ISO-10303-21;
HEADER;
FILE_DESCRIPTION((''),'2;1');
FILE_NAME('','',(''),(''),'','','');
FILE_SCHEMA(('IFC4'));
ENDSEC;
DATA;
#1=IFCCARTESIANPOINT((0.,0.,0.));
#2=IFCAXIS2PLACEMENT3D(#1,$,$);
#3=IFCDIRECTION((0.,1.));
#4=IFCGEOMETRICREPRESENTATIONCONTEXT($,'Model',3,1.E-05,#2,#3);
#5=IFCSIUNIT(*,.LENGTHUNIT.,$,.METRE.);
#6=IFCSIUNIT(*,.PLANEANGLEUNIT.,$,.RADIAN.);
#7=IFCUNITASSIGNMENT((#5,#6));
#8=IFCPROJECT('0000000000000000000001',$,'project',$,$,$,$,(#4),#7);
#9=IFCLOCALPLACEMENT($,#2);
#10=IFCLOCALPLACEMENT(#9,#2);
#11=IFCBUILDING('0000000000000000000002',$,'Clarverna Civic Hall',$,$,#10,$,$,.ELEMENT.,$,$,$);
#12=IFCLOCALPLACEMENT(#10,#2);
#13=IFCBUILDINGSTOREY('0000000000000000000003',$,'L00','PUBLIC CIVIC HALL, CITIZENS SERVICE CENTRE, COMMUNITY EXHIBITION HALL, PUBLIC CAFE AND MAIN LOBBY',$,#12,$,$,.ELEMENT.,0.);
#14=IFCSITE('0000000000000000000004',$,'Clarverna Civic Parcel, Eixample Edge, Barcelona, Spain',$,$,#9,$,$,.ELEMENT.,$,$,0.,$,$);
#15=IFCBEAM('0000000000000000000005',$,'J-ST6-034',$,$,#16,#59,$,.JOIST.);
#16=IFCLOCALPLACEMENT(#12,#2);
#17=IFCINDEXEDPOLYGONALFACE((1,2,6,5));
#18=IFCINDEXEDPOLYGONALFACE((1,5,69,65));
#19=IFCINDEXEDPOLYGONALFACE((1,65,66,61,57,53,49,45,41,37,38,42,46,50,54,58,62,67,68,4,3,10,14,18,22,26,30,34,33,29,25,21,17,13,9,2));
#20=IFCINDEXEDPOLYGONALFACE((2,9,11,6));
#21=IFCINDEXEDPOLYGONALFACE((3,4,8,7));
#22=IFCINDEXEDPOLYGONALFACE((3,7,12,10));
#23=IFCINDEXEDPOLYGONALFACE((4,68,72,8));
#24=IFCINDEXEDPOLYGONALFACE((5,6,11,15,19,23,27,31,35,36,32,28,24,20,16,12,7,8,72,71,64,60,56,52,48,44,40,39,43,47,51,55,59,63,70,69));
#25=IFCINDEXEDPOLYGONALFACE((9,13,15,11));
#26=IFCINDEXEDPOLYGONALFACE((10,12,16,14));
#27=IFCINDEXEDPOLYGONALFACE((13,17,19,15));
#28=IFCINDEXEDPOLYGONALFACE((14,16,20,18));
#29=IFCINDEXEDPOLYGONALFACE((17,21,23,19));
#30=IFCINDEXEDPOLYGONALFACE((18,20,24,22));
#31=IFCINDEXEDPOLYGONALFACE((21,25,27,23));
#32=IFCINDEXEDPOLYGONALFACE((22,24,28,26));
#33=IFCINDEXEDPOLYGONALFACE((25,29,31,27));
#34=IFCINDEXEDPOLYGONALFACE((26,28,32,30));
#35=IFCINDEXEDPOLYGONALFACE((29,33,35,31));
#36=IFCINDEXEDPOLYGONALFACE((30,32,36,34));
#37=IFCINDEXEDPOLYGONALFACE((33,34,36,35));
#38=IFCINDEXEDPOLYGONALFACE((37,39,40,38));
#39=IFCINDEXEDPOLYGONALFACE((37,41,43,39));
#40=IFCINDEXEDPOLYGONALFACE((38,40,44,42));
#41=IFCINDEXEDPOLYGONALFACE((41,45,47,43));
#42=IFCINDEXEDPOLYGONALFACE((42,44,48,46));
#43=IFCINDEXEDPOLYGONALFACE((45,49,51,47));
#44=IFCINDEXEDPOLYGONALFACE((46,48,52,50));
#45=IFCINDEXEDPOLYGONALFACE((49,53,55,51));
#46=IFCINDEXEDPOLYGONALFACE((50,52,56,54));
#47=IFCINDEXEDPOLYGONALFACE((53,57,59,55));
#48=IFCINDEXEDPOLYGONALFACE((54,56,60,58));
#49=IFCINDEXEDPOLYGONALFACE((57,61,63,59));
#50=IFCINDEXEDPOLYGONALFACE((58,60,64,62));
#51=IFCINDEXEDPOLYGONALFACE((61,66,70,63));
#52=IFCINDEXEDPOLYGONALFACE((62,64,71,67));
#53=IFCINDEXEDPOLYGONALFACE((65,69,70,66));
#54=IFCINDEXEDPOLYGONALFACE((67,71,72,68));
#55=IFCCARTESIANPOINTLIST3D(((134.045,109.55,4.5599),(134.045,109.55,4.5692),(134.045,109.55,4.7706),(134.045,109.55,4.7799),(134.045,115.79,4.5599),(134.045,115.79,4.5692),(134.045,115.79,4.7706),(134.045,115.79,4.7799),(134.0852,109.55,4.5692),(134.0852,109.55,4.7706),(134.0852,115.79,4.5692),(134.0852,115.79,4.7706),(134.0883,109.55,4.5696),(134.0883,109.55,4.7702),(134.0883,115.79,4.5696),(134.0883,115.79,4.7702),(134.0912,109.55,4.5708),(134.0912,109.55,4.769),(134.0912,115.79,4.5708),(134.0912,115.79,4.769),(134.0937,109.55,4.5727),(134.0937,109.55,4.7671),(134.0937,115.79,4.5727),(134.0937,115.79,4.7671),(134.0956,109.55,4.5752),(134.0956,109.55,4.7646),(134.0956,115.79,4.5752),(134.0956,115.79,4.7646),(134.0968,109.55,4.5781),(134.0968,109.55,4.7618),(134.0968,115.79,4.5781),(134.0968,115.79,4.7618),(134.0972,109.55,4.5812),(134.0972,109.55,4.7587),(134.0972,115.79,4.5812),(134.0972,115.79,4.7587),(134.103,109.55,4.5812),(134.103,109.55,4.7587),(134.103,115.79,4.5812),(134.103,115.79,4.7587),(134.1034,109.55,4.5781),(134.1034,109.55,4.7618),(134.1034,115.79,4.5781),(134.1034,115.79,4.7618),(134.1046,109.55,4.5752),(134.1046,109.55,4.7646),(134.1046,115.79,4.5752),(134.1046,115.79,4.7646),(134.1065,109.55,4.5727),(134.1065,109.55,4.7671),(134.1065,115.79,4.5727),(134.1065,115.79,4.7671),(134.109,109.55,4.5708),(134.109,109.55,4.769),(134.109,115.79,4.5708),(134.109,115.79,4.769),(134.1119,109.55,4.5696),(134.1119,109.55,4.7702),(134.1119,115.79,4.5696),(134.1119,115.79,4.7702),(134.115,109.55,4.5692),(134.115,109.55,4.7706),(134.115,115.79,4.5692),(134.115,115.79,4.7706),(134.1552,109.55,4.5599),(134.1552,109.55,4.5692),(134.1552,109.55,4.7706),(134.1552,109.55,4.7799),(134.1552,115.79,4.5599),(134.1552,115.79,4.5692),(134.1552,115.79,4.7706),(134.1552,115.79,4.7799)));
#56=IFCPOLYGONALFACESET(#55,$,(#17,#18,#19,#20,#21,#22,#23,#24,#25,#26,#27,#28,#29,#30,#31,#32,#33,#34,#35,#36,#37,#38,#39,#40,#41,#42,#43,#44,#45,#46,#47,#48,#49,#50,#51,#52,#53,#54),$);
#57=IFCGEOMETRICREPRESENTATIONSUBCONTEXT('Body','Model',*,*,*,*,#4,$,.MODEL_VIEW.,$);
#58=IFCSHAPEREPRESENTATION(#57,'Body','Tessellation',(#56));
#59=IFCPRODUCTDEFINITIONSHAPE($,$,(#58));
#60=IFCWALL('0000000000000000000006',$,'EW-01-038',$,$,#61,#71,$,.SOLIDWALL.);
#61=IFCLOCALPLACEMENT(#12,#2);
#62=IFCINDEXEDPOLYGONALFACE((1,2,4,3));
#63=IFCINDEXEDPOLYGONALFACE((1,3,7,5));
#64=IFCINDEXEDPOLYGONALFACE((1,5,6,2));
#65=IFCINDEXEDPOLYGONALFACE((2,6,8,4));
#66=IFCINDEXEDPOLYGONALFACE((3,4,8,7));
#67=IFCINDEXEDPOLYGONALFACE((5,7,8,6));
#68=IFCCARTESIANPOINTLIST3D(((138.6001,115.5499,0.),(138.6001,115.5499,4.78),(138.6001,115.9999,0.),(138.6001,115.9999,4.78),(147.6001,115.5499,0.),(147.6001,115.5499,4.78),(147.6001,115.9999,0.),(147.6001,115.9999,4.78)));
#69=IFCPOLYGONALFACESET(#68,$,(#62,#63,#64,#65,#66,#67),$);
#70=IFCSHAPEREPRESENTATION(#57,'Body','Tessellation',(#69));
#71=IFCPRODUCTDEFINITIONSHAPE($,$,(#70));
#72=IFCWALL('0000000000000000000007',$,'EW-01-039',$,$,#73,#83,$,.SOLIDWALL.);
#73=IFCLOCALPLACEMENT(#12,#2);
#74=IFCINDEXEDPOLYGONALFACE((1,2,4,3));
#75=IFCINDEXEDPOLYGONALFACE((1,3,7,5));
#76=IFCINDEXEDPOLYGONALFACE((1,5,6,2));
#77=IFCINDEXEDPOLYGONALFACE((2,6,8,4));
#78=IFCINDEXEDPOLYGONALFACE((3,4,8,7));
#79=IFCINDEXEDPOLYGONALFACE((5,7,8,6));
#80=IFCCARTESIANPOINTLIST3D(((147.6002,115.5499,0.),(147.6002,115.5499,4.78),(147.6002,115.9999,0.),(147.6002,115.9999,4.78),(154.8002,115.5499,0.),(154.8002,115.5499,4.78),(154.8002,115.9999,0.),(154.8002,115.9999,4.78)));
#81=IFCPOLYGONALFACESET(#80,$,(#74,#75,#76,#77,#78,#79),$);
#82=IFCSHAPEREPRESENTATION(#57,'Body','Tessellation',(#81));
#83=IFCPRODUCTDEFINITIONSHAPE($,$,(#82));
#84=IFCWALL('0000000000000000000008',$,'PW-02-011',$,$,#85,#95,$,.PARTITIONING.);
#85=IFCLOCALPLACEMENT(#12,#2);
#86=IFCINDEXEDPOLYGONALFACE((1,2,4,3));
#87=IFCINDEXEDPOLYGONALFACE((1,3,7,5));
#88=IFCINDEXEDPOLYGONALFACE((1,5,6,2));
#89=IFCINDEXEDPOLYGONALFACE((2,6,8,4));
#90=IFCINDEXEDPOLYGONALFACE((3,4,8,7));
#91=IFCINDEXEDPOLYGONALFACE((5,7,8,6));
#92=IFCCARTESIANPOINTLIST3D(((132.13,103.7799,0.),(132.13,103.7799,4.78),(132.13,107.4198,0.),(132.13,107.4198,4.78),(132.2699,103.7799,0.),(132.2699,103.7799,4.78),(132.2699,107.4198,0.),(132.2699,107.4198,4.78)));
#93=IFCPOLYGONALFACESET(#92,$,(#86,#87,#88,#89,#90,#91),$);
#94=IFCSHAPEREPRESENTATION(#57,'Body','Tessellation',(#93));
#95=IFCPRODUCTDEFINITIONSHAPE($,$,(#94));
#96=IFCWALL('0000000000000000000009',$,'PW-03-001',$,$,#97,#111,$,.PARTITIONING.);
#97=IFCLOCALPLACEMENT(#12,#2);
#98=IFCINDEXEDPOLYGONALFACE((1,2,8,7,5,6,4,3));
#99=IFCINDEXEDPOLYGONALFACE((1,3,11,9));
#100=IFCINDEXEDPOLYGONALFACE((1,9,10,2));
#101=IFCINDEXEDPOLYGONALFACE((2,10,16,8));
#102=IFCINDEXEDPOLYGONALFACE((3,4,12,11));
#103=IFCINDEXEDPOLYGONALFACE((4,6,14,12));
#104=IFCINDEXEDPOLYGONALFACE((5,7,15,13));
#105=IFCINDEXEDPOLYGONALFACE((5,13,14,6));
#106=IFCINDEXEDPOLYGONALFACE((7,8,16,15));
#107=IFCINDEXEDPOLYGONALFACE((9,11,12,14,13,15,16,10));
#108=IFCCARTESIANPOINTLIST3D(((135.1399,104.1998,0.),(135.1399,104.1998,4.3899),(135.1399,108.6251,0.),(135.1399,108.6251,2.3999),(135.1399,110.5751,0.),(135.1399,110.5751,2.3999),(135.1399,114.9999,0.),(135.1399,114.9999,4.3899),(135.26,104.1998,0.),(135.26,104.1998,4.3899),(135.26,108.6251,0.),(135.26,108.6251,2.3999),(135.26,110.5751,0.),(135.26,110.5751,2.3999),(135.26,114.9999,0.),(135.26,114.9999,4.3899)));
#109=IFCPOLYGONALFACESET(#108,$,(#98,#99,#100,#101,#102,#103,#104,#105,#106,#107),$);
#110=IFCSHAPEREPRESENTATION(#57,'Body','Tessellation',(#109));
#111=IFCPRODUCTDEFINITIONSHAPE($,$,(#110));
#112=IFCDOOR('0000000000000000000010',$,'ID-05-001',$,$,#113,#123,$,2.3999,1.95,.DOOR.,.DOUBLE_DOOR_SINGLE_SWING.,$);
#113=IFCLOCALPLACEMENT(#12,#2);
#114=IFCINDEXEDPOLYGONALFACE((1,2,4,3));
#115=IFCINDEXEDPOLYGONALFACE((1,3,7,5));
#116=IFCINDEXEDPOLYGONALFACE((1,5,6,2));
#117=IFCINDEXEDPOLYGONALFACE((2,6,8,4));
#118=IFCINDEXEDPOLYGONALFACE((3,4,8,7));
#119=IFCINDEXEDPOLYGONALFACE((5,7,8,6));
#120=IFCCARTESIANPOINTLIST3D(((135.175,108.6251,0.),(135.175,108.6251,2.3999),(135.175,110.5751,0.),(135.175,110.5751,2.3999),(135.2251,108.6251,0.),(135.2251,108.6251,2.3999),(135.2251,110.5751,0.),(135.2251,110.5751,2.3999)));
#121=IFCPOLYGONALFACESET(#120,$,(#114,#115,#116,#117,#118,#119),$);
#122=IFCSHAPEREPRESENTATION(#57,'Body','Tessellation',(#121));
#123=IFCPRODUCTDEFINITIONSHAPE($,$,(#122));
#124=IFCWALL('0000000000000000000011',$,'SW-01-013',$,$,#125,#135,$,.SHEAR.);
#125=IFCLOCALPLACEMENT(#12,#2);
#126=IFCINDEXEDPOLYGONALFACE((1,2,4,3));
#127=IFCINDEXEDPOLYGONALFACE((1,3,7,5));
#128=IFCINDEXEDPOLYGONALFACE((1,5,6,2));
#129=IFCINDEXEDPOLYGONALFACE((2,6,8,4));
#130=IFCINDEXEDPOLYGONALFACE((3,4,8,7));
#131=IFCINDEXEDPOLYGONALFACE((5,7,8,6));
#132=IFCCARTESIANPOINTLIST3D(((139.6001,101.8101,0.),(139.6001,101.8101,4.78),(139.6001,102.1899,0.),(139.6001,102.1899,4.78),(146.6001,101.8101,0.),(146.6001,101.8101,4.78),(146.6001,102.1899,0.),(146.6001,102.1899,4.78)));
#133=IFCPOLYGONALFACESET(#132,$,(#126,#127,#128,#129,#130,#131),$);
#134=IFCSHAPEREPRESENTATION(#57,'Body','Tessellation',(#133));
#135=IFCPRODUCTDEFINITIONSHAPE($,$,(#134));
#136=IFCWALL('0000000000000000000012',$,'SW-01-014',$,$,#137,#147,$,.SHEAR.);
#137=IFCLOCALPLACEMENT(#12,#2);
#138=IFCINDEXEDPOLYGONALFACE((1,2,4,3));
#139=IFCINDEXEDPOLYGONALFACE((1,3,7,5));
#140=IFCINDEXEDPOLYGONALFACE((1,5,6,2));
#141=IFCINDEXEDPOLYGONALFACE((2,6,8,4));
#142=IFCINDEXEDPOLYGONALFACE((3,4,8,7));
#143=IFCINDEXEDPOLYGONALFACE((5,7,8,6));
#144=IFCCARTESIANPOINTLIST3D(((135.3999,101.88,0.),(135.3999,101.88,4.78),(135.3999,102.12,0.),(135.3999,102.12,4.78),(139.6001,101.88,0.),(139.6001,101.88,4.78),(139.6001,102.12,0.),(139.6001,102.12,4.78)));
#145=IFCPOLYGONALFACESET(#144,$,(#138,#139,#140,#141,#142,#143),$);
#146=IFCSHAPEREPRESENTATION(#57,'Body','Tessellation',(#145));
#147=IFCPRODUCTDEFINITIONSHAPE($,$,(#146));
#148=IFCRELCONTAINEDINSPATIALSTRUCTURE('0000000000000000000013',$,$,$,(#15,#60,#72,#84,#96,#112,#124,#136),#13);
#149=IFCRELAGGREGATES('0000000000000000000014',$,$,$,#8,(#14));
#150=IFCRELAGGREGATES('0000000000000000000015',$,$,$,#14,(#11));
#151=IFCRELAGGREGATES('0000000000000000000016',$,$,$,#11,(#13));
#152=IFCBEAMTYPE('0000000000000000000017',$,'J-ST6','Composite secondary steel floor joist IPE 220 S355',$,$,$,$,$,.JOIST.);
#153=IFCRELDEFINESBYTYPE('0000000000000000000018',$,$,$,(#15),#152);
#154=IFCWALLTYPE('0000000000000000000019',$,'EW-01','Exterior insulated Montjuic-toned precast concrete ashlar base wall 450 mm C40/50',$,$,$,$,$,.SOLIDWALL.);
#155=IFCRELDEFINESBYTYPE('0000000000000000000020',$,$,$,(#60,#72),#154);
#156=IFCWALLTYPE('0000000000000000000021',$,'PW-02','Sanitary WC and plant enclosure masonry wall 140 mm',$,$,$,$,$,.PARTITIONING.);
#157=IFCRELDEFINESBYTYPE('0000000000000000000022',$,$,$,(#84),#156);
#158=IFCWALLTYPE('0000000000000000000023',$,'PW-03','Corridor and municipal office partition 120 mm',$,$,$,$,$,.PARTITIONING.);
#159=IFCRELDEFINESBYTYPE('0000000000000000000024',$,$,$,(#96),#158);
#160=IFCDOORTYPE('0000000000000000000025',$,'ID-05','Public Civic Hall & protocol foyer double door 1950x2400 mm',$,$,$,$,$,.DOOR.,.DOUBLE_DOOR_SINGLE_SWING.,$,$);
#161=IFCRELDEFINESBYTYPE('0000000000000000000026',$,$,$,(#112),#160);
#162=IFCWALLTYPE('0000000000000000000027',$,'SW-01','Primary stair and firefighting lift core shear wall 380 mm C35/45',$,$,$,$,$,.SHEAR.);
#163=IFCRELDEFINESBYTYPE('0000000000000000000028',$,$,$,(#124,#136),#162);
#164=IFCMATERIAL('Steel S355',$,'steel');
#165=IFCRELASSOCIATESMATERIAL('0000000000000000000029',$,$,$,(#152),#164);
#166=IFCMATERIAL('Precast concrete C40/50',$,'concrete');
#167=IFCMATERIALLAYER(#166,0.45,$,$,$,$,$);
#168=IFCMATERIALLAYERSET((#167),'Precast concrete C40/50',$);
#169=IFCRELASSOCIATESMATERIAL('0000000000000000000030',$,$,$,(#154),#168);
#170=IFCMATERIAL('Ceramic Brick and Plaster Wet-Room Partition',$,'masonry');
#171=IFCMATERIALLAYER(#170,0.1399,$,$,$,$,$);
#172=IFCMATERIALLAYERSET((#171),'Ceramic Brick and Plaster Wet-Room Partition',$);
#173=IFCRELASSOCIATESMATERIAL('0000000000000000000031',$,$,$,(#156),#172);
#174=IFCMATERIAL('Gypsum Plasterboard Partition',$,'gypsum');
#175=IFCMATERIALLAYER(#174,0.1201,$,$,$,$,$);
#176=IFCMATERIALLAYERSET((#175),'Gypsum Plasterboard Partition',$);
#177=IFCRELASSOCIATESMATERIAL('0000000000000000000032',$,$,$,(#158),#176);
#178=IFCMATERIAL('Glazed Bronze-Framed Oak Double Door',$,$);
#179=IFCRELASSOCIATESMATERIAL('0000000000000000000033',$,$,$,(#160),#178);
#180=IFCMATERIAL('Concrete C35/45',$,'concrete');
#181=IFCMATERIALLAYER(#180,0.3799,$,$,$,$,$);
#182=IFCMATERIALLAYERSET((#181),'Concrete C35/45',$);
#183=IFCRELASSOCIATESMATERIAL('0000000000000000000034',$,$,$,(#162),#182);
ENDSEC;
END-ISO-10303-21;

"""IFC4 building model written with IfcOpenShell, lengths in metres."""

from ifc_helpers import new_model, si_unit, direction, frame, frame_2d, origin, origin_2d, place, context, subcontext, project, spatial, rectangle, i_section, extrude, material, layer, layer_set, material_profile, profile_set, type_object, element, fill, save


model = new_model("IFC4")

# Units and contexts
model_context = context("Model", 3, precision=1e-05, world=origin(), true_north=direction((0.0, 1.0)))
body_context = subcontext(model_context, "Body", "Model", "MODEL_VIEW")
ifc_project = project(units=[si_unit("LENGTHUNIT", "METRE"), si_unit("PLANEANGLEUNIT", "RADIAN")], contexts=[model_context])

# Site, building, storey
site_placement = place(None, origin())
site = spatial("IfcSite", under=ifc_project, at=site_placement, Name="Clarverna Civic Parcel, Eixample Edge, Barcelona, Spain", CompositionType="ELEMENT", RefElevation=0.0)
building_placement = place(site_placement, origin())
building = spatial("IfcBuilding", under=site, at=building_placement, Name="Clarverna Civic Hall", CompositionType="ELEMENT")
storey_placement = place(building_placement, origin())
storey = spatial("IfcBuildingStorey", under=building, at=storey_placement, Name="L00", Description="PUBLIC CIVIC HALL, CITIZENS SERVICE CENTRE, COMMUNITY EXHIBITION HALL, PUBLIC CAFE AND MAIN LOBBY", CompositionType="ELEMENT", Elevation=0.0)

# Shared definitions
ifc_material_1 = material(Name="Precast concrete C40/50", Category="concrete")

# Beam
ifc_material_2 = material(Name="Steel S355", Category="steel")
ifc_material_3 = material(Name="Concrete C35/45", Category="concrete")
ifc_material_profile_1 = material_profile(ifc_material_2, i_section(OverallWidth=0.1101, OverallDepth=0.22, WebThickness=0.0059, FlangeThickness=0.0093, FilletRadius=0.012, at=origin_2d()), Name="IPE 220")
ifc_profile_set_1 = profile_set([ifc_material_profile_1], Name="Steel S355")
beam_type_1 = type_object("IfcBeamType", Name="J-ST6", Description="Composite secondary steel floor joist IPE 220 S355", PredefinedType="JOIST", material=ifc_profile_set_1)
beam_1_placement = place(storey_placement, frame((134.1001, 109.55, 4.6699), z_axis=(0.0, 1.0, 0.0), x_axis=(-1.0, 0.0, 0.0)))
element("IfcBeam", 1, at=beam_1_placement, inside=storey, type_object=beam_type_1, Name="J-ST6-034", PredefinedType="JOIST", context=body_context, shape_type="SweptSolid", body=[
    extrude(i_section(OverallWidth=0.1101, OverallDepth=0.22, WebThickness=0.0059, FlangeThickness=0.0093, FilletRadius=0.012, at=origin_2d()), origin(), (0.0, 0.0, 1.0), 6.24),
])

# Walls
ifc_layer_1 = layer(ifc_material_1, 0.45)
ifc_layer_set_1 = layer_set([ifc_layer_1], Name="Precast concrete C40/50")
wall_type_1 = type_object("IfcWallType", Name="EW-01", Description="Exterior insulated Montjuic-toned precast concrete ashlar base wall 450 mm C40/50", PredefinedType="SOLIDWALL", material=ifc_layer_set_1)
wall_1_placement = place(storey_placement, frame((138.6001, 115.7749, 0.0), z_axis=(0.0, 0.0, 1.0), x_axis=(1.0, 0.0, 0.0)))
element("IfcWall", 2, at=wall_1_placement, inside=storey, type_object=wall_type_1, Name="EW-01-038", PredefinedType="SOLIDWALL", context=body_context, shape_type="SweptSolid", body=[
    extrude(rectangle(XDim=9.0, YDim=0.45, at=frame_2d((4.5, 0.0))), origin(), (0.0, 0.0, 1.0), 4.78),
])
wall_2_placement = place(storey_placement, frame((147.6001, 115.7749, 0.0), z_axis=(0.0, 0.0, 1.0), x_axis=(1.0, 0.0, 0.0)))
element("IfcWall", 3, at=wall_2_placement, inside=storey, type_object=wall_type_1, Name="EW-01-039", PredefinedType="SOLIDWALL", context=body_context, shape_type="SweptSolid", body=[
    extrude(rectangle(XDim=7.2, YDim=0.45, at=frame_2d((3.6001, 0.0))), origin(), (0.0, 0.0, 1.0), 4.78),
])
ifc_material_4 = material(Name="Ceramic Brick and Plaster Wet-Room Partition", Category="masonry")
ifc_layer_2 = layer(ifc_material_4, 0.1399)
ifc_layer_set_2 = layer_set([ifc_layer_2], Name="Ceramic Brick and Plaster Wet-Room Partition")
wall_type_2 = type_object("IfcWallType", Name="PW-02", Description="Sanitary WC and plant enclosure masonry wall 140 mm", PredefinedType="PARTITIONING", material=ifc_layer_set_2)
wall_3_placement = place(storey_placement, frame((132.2, 103.78, 0.0), z_axis=(0.0, 0.0, 1.0), x_axis=(0.0, 1.0, 0.0)))
element("IfcWall", 4, at=wall_3_placement, inside=storey, type_object=wall_type_2, Name="PW-02-011", PredefinedType="PARTITIONING", context=body_context, shape_type="SweptSolid", body=[
    extrude(rectangle(XDim=3.6399, YDim=0.1399, at=frame_2d((1.8198, 0.0))), origin(), (0.0, 0.0, 1.0), 4.78),
])

# Wall, opening, door
ifc_material_5 = material(Name="Gypsum Plasterboard Partition", Category="gypsum")
ifc_layer_3 = layer(ifc_material_5, 0.1201)
ifc_layer_set_3 = layer_set([ifc_layer_3], Name="Gypsum Plasterboard Partition")
wall_type_3 = type_object("IfcWallType", Name="PW-03", Description="Corridor and municipal office partition 120 mm", PredefinedType="PARTITIONING", material=ifc_layer_set_3)
wall_4_placement = place(storey_placement, frame((135.2, 104.2, 0.0), z_axis=(0.0, 0.0, 1.0), x_axis=(0.0, 1.0, 0.0)))
wall_4 = element("IfcWall", 5, at=wall_4_placement, inside=storey, type_object=wall_type_3, Name="PW-03-001", PredefinedType="PARTITIONING", context=body_context, shape_type="SweptSolid", body=[
    extrude(rectangle(XDim=10.8, YDim=0.1201, at=frame_2d((5.3999, 0.0))), origin(), (0.0, 0.0, 1.0), 4.3899),
])
opening_placement = place(wall_4_placement, frame((4.425, 0.0, 0.0)))
opening = element("IfcOpeningElement", 6, at=opening_placement, cuts=wall_4, PredefinedType="OPENING", context=body_context, shape_type="SweptSolid", body=[
    extrude(rectangle(XDim=1.95, YDim=2.3999, at=frame_2d((0.9751, 1.2))), frame((0.0, 0.0701, 0.0), z_axis=(0.0, -1.0, 0.0), x_axis=(1.0, 0.0, 0.0)), (0.0, 0.0, 1.0), 0.1401),
])
ifc_material_6 = material(Name="Glazed Bronze-Framed Oak Double Door")
door_type = type_object("IfcDoorType", Name="ID-05", Description="Public Civic Hall & protocol foyer double door 1950x2400 mm", OperationType="DOUBLE_DOOR_SINGLE_SWING", PredefinedType="DOOR", material=ifc_material_6)
door_placement = place(opening_placement, origin())
door = element("IfcDoor", 7, at=door_placement, inside=storey, type_object=door_type, Name="ID-05-001", OperationType="DOUBLE_DOOR_SINGLE_SWING", OverallHeight=2.3999, OverallWidth=1.95, PredefinedType="DOOR", context=body_context, shape_type="SweptSolid", body=[
    extrude(rectangle(XDim=1.95, YDim=2.3999, at=frame_2d((0.9751, 1.2))), frame((0.0, 0.0249, 0.0), z_axis=(0.0, -1.0, 0.0), x_axis=(1.0, 0.0, 0.0)), (0.0, 0.0, 1.0), 0.05),
])
fill(opening, door)

# Walls
ifc_layer_4 = layer(ifc_material_3, 0.3799)
ifc_layer_set_4 = layer_set([ifc_layer_4], Name="Concrete C35/45")
wall_type_4 = type_object("IfcWallType", Name="SW-01", Description="Primary stair and firefighting lift core shear wall 380 mm C35/45", PredefinedType="SHEAR", material=ifc_layer_set_4)
wall_5_placement = place(storey_placement, frame((139.6001, 102.0, 0.0), z_axis=(0.0, 0.0, 1.0), x_axis=(1.0, 0.0, 0.0)))
element("IfcWall", 8, at=wall_5_placement, inside=storey, type_object=wall_type_4, Name="SW-01-013", PredefinedType="SHEAR", context=body_context, shape_type="SweptSolid", body=[
    extrude(rectangle(XDim=7.0, YDim=0.3799, at=frame_2d((3.5, 0.0))), origin(), (0.0, 0.0, 1.0), 4.78),
])
wall_6_placement = place(storey_placement, frame((135.3999, 102.0, 0.0), z_axis=(0.0, 0.0, 1.0), x_axis=(1.0, 0.0, 0.0)))
element("IfcWall", 9, at=wall_6_placement, inside=storey, type_object=wall_type_4, Name="SW-01-014", PredefinedType="SHEAR", context=body_context, shape_type="SweptSolid", body=[
    extrude(rectangle(XDim=4.2002, YDim=0.24, at=frame_2d((2.1001, 0.0))), origin(), (0.0, 0.0, 1.0), 4.78),
])

save(model, "model.ifc")
